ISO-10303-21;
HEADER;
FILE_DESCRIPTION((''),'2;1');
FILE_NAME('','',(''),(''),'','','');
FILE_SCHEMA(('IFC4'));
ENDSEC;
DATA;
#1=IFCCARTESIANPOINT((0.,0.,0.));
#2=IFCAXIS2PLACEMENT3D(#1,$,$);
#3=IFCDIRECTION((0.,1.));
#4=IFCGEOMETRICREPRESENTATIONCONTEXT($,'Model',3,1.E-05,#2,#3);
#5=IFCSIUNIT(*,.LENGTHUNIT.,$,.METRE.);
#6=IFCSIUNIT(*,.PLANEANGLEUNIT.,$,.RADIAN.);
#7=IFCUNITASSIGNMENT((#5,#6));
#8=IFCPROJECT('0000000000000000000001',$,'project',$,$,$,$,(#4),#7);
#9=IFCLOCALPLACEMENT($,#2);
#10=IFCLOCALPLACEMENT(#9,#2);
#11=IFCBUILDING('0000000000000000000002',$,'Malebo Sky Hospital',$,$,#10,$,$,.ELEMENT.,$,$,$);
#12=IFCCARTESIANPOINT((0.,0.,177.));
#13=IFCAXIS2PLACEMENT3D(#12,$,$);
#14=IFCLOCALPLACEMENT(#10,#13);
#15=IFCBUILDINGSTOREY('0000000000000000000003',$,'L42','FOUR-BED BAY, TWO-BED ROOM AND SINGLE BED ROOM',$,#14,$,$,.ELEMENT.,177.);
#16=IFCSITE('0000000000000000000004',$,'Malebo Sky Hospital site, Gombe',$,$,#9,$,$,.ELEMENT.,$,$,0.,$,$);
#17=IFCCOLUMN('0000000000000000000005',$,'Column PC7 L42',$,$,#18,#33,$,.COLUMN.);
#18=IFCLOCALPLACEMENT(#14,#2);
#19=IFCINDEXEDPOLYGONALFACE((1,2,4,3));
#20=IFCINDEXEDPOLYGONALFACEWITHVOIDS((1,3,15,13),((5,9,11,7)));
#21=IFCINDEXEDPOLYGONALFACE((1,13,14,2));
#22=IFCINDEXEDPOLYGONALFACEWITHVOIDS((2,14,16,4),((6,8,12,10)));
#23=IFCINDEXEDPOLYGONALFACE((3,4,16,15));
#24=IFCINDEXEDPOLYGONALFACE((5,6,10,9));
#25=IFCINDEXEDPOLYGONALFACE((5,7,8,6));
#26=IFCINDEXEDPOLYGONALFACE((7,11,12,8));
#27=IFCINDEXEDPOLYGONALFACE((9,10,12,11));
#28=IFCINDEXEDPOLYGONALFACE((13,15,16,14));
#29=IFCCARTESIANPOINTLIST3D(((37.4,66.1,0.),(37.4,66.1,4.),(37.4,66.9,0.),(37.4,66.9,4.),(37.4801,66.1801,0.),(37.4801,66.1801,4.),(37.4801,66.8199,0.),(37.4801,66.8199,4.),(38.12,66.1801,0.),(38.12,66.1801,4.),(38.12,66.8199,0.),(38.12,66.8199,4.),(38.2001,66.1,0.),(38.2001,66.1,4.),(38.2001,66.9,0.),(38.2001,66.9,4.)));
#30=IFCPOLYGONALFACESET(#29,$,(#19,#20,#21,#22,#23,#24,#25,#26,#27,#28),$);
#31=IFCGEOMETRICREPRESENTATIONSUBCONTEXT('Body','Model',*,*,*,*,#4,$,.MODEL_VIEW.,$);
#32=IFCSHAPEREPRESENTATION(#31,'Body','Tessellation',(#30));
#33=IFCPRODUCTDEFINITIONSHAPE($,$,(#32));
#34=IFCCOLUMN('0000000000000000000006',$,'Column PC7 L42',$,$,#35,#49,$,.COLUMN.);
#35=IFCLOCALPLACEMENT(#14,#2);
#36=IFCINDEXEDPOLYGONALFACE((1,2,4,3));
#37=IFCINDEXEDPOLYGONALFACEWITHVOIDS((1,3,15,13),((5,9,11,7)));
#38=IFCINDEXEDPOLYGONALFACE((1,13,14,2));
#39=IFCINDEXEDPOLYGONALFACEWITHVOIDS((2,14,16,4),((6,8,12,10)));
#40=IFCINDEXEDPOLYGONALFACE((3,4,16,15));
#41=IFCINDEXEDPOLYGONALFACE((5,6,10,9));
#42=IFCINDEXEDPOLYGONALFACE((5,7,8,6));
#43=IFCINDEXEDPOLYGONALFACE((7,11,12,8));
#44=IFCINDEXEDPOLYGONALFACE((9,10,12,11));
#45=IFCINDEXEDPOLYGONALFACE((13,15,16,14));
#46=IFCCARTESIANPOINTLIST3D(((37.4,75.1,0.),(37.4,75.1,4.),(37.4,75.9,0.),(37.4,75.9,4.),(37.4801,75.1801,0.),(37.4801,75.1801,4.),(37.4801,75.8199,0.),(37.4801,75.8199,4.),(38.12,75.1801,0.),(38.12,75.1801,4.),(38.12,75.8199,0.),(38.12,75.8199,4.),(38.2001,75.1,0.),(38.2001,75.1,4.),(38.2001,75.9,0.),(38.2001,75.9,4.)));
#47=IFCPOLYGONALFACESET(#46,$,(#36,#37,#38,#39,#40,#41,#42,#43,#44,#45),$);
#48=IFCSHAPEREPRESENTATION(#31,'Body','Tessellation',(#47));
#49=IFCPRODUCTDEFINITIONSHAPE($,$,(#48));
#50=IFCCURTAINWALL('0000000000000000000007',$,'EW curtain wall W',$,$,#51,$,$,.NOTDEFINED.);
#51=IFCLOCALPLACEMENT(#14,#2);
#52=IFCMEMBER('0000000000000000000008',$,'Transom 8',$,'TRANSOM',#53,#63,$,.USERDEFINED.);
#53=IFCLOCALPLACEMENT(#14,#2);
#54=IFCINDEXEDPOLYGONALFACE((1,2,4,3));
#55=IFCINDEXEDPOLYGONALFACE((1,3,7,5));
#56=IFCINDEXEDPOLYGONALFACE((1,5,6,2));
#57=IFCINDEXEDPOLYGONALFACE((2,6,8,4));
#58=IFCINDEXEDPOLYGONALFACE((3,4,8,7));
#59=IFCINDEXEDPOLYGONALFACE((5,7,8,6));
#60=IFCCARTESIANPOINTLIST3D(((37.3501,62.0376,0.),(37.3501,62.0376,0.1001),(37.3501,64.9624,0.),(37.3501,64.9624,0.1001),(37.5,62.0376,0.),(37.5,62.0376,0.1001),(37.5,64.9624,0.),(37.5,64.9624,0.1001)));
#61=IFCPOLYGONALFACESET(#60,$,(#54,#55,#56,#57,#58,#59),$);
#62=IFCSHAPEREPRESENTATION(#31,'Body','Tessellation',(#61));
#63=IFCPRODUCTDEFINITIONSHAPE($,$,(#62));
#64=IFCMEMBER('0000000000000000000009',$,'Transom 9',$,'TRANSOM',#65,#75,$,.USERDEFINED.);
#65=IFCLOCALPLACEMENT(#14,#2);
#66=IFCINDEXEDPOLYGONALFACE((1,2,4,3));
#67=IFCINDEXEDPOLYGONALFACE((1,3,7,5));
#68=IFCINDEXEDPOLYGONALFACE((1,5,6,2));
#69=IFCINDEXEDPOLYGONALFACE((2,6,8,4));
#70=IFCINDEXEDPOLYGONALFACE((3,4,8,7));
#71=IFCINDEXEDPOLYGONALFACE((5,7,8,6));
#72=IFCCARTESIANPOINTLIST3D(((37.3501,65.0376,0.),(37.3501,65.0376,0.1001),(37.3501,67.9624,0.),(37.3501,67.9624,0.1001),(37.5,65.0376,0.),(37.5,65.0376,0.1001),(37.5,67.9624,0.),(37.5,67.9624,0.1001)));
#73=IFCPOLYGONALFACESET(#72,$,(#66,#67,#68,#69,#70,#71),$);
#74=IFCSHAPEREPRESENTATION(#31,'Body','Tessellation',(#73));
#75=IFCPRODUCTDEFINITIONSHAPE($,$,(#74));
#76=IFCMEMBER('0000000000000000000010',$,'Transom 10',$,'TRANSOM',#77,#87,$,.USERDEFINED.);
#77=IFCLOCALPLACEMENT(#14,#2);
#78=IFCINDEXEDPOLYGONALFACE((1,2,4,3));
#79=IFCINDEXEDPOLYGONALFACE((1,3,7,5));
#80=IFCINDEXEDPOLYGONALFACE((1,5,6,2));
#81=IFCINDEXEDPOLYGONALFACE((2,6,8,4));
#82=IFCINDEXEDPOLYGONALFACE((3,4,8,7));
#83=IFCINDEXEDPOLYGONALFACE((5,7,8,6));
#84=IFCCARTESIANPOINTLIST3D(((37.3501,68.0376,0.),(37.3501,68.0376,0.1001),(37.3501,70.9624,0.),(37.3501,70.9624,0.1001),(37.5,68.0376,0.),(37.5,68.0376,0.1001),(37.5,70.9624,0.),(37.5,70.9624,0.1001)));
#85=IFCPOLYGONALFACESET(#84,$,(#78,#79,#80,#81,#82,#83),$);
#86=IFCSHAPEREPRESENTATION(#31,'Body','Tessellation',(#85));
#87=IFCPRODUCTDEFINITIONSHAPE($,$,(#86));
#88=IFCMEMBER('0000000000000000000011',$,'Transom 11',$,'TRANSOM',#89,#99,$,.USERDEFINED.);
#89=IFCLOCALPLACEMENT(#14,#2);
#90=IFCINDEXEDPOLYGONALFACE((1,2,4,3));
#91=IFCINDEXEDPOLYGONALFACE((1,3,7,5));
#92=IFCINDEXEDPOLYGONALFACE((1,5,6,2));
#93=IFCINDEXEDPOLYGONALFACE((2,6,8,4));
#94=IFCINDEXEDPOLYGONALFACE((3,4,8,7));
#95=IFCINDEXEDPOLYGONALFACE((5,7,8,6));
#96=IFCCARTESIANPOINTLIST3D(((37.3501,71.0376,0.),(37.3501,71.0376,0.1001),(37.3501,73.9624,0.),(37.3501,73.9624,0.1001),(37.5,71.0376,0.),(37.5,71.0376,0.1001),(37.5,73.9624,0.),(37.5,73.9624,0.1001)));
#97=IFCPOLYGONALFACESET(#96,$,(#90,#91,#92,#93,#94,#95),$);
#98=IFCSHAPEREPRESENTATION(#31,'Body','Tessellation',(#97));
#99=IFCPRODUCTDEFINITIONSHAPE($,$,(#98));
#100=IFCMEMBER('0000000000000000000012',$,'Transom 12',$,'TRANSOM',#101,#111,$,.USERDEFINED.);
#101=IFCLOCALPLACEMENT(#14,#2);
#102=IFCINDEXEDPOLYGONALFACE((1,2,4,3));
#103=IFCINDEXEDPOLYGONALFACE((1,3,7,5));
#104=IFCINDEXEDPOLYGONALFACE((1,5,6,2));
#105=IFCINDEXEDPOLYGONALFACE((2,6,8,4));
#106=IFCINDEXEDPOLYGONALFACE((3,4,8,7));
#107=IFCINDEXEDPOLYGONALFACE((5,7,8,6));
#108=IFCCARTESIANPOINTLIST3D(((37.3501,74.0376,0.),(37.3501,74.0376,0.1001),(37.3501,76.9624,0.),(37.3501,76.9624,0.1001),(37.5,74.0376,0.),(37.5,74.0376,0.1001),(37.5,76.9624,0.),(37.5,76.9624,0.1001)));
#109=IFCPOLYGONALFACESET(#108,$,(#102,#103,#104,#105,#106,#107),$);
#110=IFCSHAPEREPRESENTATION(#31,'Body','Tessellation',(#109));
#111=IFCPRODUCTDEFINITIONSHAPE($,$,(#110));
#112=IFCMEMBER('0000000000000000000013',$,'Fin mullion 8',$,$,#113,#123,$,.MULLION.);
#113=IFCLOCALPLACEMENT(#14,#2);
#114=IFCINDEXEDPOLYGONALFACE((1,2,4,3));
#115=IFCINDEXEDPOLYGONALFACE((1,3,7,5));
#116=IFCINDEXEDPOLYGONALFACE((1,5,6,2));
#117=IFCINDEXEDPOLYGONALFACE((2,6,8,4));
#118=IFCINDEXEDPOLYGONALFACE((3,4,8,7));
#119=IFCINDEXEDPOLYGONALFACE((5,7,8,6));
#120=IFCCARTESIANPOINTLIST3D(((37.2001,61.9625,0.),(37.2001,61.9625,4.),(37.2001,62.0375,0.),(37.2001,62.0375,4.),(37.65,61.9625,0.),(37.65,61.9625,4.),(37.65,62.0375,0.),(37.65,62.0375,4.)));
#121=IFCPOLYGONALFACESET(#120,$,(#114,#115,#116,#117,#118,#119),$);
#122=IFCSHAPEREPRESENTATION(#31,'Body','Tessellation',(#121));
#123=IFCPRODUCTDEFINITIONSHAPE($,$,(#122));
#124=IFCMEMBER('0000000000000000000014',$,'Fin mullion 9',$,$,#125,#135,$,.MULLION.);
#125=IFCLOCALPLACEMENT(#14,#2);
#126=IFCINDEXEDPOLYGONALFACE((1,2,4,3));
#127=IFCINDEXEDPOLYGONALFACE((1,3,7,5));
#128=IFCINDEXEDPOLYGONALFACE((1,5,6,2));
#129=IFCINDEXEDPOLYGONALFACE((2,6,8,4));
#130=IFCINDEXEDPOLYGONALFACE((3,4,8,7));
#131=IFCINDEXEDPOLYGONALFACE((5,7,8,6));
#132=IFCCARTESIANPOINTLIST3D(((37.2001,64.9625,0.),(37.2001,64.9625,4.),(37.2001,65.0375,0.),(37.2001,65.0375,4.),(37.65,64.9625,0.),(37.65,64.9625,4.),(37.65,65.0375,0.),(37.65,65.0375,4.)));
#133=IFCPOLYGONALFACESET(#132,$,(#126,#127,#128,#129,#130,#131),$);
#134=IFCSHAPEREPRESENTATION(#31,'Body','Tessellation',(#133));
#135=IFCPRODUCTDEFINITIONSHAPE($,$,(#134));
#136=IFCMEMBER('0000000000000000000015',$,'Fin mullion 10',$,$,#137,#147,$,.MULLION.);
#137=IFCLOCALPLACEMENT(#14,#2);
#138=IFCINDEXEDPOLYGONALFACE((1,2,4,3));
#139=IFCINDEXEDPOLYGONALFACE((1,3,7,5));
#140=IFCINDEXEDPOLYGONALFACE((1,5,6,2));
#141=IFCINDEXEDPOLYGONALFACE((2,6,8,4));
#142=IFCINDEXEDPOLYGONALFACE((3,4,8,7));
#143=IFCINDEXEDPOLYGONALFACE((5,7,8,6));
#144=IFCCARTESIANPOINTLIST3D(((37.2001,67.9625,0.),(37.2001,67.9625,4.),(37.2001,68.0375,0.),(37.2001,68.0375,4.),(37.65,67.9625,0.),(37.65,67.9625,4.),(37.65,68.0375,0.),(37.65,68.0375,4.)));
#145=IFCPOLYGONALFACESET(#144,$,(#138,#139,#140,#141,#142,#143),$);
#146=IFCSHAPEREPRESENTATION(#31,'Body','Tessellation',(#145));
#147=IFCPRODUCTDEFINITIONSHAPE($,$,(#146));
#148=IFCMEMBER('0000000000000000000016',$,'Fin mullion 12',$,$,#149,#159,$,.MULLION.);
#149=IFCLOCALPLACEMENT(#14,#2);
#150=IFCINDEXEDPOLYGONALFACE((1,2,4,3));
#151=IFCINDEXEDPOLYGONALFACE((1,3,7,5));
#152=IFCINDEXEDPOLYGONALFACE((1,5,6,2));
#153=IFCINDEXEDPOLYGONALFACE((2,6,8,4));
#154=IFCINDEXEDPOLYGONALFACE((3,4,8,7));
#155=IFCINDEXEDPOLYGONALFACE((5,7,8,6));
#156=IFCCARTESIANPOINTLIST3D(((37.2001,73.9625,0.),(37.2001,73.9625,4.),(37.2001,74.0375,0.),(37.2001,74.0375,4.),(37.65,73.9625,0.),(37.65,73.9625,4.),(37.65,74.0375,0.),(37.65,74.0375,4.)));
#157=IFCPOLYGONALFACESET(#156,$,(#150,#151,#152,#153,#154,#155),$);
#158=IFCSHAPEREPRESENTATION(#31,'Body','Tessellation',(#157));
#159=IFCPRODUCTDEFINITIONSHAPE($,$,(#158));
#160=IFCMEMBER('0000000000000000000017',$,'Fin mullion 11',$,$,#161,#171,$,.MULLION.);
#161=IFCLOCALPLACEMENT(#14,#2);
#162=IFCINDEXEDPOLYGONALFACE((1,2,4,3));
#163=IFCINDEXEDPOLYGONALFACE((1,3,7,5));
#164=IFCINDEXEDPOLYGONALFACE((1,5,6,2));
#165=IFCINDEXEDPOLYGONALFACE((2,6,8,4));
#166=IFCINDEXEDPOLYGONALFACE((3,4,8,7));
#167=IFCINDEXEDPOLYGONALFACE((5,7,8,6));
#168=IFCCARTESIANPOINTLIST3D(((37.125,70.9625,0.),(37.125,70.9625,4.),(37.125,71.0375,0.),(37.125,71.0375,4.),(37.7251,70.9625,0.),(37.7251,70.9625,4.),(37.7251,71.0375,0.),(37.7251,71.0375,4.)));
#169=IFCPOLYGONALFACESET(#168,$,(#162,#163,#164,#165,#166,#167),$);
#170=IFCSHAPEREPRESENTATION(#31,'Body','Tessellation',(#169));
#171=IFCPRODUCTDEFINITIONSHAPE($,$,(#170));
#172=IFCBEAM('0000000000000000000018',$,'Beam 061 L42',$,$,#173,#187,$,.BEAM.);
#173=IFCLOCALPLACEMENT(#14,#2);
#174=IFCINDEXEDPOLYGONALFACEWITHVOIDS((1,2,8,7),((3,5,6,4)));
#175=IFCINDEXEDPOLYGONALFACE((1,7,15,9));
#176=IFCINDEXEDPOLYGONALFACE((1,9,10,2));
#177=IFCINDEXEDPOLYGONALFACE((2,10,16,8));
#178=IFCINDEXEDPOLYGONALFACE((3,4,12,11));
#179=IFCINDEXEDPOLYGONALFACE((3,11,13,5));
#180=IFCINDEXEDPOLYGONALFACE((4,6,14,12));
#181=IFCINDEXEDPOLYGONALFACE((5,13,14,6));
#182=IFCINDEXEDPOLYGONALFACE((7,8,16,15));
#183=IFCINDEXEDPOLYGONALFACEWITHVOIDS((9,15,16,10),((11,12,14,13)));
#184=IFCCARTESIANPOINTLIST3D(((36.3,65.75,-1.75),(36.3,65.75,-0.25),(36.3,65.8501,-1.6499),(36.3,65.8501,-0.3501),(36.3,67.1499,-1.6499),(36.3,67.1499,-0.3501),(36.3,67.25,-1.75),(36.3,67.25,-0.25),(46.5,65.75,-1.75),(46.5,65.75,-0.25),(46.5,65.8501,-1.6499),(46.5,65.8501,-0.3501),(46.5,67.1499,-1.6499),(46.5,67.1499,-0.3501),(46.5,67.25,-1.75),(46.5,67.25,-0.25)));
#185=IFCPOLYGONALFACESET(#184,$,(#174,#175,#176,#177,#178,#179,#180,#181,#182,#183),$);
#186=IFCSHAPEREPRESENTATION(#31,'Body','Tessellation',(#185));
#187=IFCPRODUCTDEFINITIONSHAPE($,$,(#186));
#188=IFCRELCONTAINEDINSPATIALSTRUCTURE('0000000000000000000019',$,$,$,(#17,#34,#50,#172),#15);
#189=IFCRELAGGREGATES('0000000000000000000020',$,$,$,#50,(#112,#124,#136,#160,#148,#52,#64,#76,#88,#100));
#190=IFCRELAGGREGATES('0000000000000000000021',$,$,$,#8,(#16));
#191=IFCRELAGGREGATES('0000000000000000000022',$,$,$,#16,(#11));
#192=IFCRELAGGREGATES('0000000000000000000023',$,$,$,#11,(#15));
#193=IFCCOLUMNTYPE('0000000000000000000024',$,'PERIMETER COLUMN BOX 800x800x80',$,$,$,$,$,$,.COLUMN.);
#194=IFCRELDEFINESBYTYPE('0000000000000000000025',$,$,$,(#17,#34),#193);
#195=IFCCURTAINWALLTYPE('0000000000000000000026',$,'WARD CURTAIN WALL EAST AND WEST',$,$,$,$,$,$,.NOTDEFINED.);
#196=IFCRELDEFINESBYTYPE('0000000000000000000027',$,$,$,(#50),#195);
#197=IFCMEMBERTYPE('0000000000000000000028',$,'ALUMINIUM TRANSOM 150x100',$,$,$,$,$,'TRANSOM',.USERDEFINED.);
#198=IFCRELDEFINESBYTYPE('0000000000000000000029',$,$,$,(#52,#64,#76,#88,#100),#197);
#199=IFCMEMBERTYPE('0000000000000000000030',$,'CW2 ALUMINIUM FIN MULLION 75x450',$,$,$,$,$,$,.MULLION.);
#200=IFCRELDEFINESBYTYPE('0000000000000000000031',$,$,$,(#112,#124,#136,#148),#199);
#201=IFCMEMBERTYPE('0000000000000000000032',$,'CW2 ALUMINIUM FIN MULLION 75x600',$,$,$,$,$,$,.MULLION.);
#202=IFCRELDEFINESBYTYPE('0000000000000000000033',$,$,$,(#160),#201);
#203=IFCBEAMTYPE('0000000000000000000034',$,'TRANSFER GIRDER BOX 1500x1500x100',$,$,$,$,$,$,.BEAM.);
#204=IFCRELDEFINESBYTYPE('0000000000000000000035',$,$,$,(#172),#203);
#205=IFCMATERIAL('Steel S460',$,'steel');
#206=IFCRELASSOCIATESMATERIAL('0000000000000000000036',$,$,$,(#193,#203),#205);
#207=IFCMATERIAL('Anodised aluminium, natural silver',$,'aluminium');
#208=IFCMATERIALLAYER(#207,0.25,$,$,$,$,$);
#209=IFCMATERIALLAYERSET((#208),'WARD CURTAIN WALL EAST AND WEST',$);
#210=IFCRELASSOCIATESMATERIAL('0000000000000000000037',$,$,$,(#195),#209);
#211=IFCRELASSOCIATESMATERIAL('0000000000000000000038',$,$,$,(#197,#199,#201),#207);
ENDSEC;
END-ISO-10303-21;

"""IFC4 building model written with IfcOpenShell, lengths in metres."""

from ifc_helpers import new_model, si_unit, direction, frame, origin, origin_2d, place, context, subcontext, project, spatial, rectangle, hollow_rectangle, extrude, material, layer, layer_set, material_profile, profile_set, type_object, element, aggregate, save


model = new_model("IFC4")

# Units and contexts
model_context = context("Model", 3, precision=1e-05, world=origin(), true_north=direction((0.0, 1.0)))
body_context = subcontext(model_context, "Body", "Model", "MODEL_VIEW")
ifc_project = project(units=[si_unit("LENGTHUNIT", "METRE"), si_unit("PLANEANGLEUNIT", "RADIAN")], contexts=[model_context])

# Site, building, storey
site_placement = place(None, origin())
site = spatial("IfcSite", under=ifc_project, at=site_placement, Name="Malebo Sky Hospital site, Gombe", CompositionType="ELEMENT", RefElevation=0.0)
building_placement = place(site_placement, origin())
building = spatial("IfcBuilding", under=site, at=building_placement, Name="Malebo Sky Hospital", CompositionType="ELEMENT")
storey_placement = place(building_placement, frame((0.0, 0.0, 177.0)))
storey = spatial("IfcBuildingStorey", under=building, at=storey_placement, Name="L42", Description="FOUR-BED BAY, TWO-BED ROOM AND SINGLE BED ROOM", CompositionType="ELEMENT", Elevation=177.0)

# Columns
ifc_material_1 = material(Name="Steel S460", Category="steel")
ifc_material_profile_1 = material_profile(ifc_material_1, hollow_rectangle(XDim=0.8, YDim=0.8, WallThickness=0.0801, at=origin_2d()), Name="BOX 800x800x80")
ifc_profile_set_1 = profile_set([ifc_material_profile_1], Name="Steel S460")
column_type = type_object("IfcColumnType", Name="PERIMETER COLUMN BOX 800x800x80", PredefinedType="COLUMN", material=ifc_profile_set_1)
for number, where, z_axis, x_axis, name in (
    (1, (37.8, 66.5, 0.0), (0.0, 0.0, 1.0), (1.0, 0.0, 0.0), "Column PC7 L42"),
    (2, (37.8, 75.5, 0.0), (0.0, 0.0, 1.0), (1.0, 0.0, 0.0), "Column PC7 L42"),
):
    element("IfcColumn", number, at=place(storey_placement, frame(where, z_axis=z_axis, x_axis=x_axis)), inside=storey, type_object=column_type, Name=name, PredefinedType="COLUMN", context=body_context, shape_type="SweptSolid", body=[
        extrude(hollow_rectangle(XDim=0.8, YDim=0.8, WallThickness=0.0801, at=origin_2d()), origin(), (0.0, 0.0, 1.0), 4.0),
    ])

# Curtain wall, members
ifc_material_2 = material(Name="Anodised aluminium, natural silver", Category="aluminium")
ifc_layer_1 = layer(ifc_material_2, 0.25)
ifc_layer_set_1 = layer_set([ifc_layer_1], Name="WARD CURTAIN WALL EAST AND WEST")
curtain_wall_type = type_object("IfcCurtainWallType", Name="WARD CURTAIN WALL EAST AND WEST", PredefinedType="NOTDEFINED", material=ifc_layer_set_1)
curtain_wall_placement = place(storey_placement, origin())
curtain_wall = element("IfcCurtainWall", 3, at=curtain_wall_placement, inside=storey, type_object=curtain_wall_type, Name="EW curtain wall W", PredefinedType="NOTDEFINED")
ifc_material_profile_2 = material_profile(ifc_material_2, rectangle(XDim=0.1499, YDim=0.1001, at=origin_2d()), Name="ALUMINIUM TRANSOM 150x100")
ifc_profile_set_2 = profile_set([ifc_material_profile_2], Name="Anodised aluminium, natural silver")
member_type_1 = type_object("IfcMemberType", Name="ALUMINIUM TRANSOM 150x100", ElementType="TRANSOM", PredefinedType="USERDEFINED", material=ifc_profile_set_2)
member_1_placement = place(storey_placement, frame((37.425, 62.0376, 0.05), z_axis=(0.0, 1.0, 0.0), x_axis=(-1.0, 0.0, 0.0)))
member_1 = element("IfcMember", 4, at=member_1_placement, type_object=member_type_1, Name="Transom 8", ObjectType="TRANSOM", PredefinedType="USERDEFINED", context=body_context, shape_type="SweptSolid", body=[
    extrude(rectangle(XDim=0.1499, YDim=0.1001, at=origin_2d()), origin(), (0.0, 0.0, 1.0), 2.9248),
])
member_2_placement = place(storey_placement, frame((37.425, 65.0376, 0.05), z_axis=(0.0, 1.0, 0.0), x_axis=(-1.0, 0.0, 0.0)))
member_2 = element("IfcMember", 5, at=member_2_placement, type_object=member_type_1, Name="Transom 9", ObjectType="TRANSOM", PredefinedType="USERDEFINED", context=body_context, shape_type="SweptSolid", body=[
    extrude(rectangle(XDim=0.1499, YDim=0.1001, at=origin_2d()), origin(), (0.0, 0.0, 1.0), 2.9248),
])
member_3_placement = place(storey_placement, frame((37.425, 68.0376, 0.05), z_axis=(0.0, 1.0, 0.0), x_axis=(-1.0, 0.0, 0.0)))
member_3 = element("IfcMember", 6, at=member_3_placement, type_object=member_type_1, Name="Transom 10", ObjectType="TRANSOM", PredefinedType="USERDEFINED", context=body_context, shape_type="SweptSolid", body=[
    extrude(rectangle(XDim=0.1499, YDim=0.1001, at=origin_2d()), origin(), (0.0, 0.0, 1.0), 2.9248),
])
member_4_placement = place(storey_placement, frame((37.425, 71.0376, 0.05), z_axis=(0.0, 1.0, 0.0), x_axis=(-1.0, 0.0, 0.0)))
member_4 = element("IfcMember", 7, at=member_4_placement, type_object=member_type_1, Name="Transom 11", ObjectType="TRANSOM", PredefinedType="USERDEFINED", context=body_context, shape_type="SweptSolid", body=[
    extrude(rectangle(XDim=0.1499, YDim=0.1001, at=origin_2d()), origin(), (0.0, 0.0, 1.0), 2.9248),
])
member_5_placement = place(storey_placement, frame((37.425, 74.0376, 0.05), z_axis=(0.0, 1.0, 0.0), x_axis=(-1.0, 0.0, 0.0)))
member_5 = element("IfcMember", 8, at=member_5_placement, type_object=member_type_1, Name="Transom 12", ObjectType="TRANSOM", PredefinedType="USERDEFINED", context=body_context, shape_type="SweptSolid", body=[
    extrude(rectangle(XDim=0.1499, YDim=0.1001, at=origin_2d()), origin(), (0.0, 0.0, 1.0), 2.9248),
])
ifc_material_profile_3 = material_profile(ifc_material_2, rectangle(XDim=0.075, YDim=0.45, at=origin_2d()), Name="CW2 ALUMINIUM FIN MULLION 75x450")
ifc_profile_set_3 = profile_set([ifc_material_profile_3], Name="Anodised aluminium, natural silver")
member_type_2 = type_object("IfcMemberType", Name="CW2 ALUMINIUM FIN MULLION 75x450", PredefinedType="MULLION", material=ifc_profile_set_3)
member_6_placement = place(storey_placement, frame((37.425, 62.0, 0.0), z_axis=(0.0, 0.0, 1.0), x_axis=(0.0, 1.0, 0.0)))
member_6 = element("IfcMember", 9, at=member_6_placement, type_object=member_type_2, Name="Fin mullion 8", PredefinedType="MULLION", context=body_context, shape_type="SweptSolid", body=[
    extrude(rectangle(XDim=0.075, YDim=0.45, at=origin_2d()), origin(), (0.0, 0.0, 1.0), 4.0),
])
member_7_placement = place(storey_placement, frame((37.425, 65.0, 0.0), z_axis=(0.0, 0.0, 1.0), x_axis=(0.0, 1.0, 0.0)))
member_7 = element("IfcMember", 10, at=member_7_placement, type_object=member_type_2, Name="Fin mullion 9", PredefinedType="MULLION", context=body_context, shape_type="SweptSolid", body=[
    extrude(rectangle(XDim=0.075, YDim=0.45, at=origin_2d()), origin(), (0.0, 0.0, 1.0), 4.0),
])
member_8_placement = place(storey_placement, frame((37.425, 68.0, 0.0), z_axis=(0.0, 0.0, 1.0), x_axis=(0.0, 1.0, 0.0)))
member_8 = element("IfcMember", 11, at=member_8_placement, type_object=member_type_2, Name="Fin mullion 10", PredefinedType="MULLION", context=body_context, shape_type="SweptSolid", body=[
    extrude(rectangle(XDim=0.075, YDim=0.45, at=origin_2d()), origin(), (0.0, 0.0, 1.0), 4.0),
])
member_9_placement = place(storey_placement, frame((37.425, 74.0, 0.0), z_axis=(0.0, 0.0, 1.0), x_axis=(0.0, 1.0, 0.0)))
member_9 = element("IfcMember", 12, at=member_9_placement, type_object=member_type_2, Name="Fin mullion 12", PredefinedType="MULLION", context=body_context, shape_type="SweptSolid", body=[
    extrude(rectangle(XDim=0.075, YDim=0.45, at=origin_2d()), origin(), (0.0, 0.0, 1.0), 4.0),
])
ifc_material_profile_4 = material_profile(ifc_material_2, rectangle(XDim=0.075, YDim=0.6001, at=origin_2d()), Name="CW2 ALUMINIUM FIN MULLION 75x600")
ifc_profile_set_4 = profile_set([ifc_material_profile_4], Name="Anodised aluminium, natural silver")
member_type_3 = type_object("IfcMemberType", Name="CW2 ALUMINIUM FIN MULLION 75x600", PredefinedType="MULLION", material=ifc_profile_set_4)
member_10_placement = place(storey_placement, frame((37.425, 71.0, 0.0), z_axis=(0.0, 0.0, 1.0), x_axis=(0.0, 1.0, 0.0)))
member_10 = element("IfcMember", 13, at=member_10_placement, type_object=member_type_3, Name="Fin mullion 11", PredefinedType="MULLION", context=body_context, shape_type="SweptSolid", body=[
    extrude(rectangle(XDim=0.075, YDim=0.6001, at=origin_2d()), origin(), (0.0, 0.0, 1.0), 4.0),
])

# Beam
ifc_material_profile_5 = material_profile(ifc_material_1, hollow_rectangle(XDim=1.5, YDim=1.5, WallThickness=0.1001, at=origin_2d()), Name="BOX 1500x1500x100")
ifc_profile_set_5 = profile_set([ifc_material_profile_5], Name="Steel S460")
beam_type_1 = type_object("IfcBeamType", Name="TRANSFER GIRDER BOX 1500x1500x100", PredefinedType="BEAM", material=ifc_profile_set_5)
for number, where, z_axis, x_axis, name in (
    (14, (36.3, 66.5, -1.0), (1.0, 0.0, 0.0), (0.0, 1.0, 0.0), "Beam 061 L42"),
):
    element("IfcBeam", number, at=place(storey_placement, frame(where, z_axis=z_axis, x_axis=x_axis)), inside=storey, type_object=beam_type_1, Name=name, PredefinedType="BEAM", context=body_context, shape_type="SweptSolid", body=[
        extrude(hollow_rectangle(XDim=1.5, YDim=1.5, WallThickness=0.1001, at=origin_2d()), origin(), (0.0, 0.0, 1.0), 10.2),
    ])

aggregate(curtain_wall, [member_6, member_7, member_8, member_10, member_9, member_1, member_2, member_3, member_4, member_5])

save(model, "model.ifc")
